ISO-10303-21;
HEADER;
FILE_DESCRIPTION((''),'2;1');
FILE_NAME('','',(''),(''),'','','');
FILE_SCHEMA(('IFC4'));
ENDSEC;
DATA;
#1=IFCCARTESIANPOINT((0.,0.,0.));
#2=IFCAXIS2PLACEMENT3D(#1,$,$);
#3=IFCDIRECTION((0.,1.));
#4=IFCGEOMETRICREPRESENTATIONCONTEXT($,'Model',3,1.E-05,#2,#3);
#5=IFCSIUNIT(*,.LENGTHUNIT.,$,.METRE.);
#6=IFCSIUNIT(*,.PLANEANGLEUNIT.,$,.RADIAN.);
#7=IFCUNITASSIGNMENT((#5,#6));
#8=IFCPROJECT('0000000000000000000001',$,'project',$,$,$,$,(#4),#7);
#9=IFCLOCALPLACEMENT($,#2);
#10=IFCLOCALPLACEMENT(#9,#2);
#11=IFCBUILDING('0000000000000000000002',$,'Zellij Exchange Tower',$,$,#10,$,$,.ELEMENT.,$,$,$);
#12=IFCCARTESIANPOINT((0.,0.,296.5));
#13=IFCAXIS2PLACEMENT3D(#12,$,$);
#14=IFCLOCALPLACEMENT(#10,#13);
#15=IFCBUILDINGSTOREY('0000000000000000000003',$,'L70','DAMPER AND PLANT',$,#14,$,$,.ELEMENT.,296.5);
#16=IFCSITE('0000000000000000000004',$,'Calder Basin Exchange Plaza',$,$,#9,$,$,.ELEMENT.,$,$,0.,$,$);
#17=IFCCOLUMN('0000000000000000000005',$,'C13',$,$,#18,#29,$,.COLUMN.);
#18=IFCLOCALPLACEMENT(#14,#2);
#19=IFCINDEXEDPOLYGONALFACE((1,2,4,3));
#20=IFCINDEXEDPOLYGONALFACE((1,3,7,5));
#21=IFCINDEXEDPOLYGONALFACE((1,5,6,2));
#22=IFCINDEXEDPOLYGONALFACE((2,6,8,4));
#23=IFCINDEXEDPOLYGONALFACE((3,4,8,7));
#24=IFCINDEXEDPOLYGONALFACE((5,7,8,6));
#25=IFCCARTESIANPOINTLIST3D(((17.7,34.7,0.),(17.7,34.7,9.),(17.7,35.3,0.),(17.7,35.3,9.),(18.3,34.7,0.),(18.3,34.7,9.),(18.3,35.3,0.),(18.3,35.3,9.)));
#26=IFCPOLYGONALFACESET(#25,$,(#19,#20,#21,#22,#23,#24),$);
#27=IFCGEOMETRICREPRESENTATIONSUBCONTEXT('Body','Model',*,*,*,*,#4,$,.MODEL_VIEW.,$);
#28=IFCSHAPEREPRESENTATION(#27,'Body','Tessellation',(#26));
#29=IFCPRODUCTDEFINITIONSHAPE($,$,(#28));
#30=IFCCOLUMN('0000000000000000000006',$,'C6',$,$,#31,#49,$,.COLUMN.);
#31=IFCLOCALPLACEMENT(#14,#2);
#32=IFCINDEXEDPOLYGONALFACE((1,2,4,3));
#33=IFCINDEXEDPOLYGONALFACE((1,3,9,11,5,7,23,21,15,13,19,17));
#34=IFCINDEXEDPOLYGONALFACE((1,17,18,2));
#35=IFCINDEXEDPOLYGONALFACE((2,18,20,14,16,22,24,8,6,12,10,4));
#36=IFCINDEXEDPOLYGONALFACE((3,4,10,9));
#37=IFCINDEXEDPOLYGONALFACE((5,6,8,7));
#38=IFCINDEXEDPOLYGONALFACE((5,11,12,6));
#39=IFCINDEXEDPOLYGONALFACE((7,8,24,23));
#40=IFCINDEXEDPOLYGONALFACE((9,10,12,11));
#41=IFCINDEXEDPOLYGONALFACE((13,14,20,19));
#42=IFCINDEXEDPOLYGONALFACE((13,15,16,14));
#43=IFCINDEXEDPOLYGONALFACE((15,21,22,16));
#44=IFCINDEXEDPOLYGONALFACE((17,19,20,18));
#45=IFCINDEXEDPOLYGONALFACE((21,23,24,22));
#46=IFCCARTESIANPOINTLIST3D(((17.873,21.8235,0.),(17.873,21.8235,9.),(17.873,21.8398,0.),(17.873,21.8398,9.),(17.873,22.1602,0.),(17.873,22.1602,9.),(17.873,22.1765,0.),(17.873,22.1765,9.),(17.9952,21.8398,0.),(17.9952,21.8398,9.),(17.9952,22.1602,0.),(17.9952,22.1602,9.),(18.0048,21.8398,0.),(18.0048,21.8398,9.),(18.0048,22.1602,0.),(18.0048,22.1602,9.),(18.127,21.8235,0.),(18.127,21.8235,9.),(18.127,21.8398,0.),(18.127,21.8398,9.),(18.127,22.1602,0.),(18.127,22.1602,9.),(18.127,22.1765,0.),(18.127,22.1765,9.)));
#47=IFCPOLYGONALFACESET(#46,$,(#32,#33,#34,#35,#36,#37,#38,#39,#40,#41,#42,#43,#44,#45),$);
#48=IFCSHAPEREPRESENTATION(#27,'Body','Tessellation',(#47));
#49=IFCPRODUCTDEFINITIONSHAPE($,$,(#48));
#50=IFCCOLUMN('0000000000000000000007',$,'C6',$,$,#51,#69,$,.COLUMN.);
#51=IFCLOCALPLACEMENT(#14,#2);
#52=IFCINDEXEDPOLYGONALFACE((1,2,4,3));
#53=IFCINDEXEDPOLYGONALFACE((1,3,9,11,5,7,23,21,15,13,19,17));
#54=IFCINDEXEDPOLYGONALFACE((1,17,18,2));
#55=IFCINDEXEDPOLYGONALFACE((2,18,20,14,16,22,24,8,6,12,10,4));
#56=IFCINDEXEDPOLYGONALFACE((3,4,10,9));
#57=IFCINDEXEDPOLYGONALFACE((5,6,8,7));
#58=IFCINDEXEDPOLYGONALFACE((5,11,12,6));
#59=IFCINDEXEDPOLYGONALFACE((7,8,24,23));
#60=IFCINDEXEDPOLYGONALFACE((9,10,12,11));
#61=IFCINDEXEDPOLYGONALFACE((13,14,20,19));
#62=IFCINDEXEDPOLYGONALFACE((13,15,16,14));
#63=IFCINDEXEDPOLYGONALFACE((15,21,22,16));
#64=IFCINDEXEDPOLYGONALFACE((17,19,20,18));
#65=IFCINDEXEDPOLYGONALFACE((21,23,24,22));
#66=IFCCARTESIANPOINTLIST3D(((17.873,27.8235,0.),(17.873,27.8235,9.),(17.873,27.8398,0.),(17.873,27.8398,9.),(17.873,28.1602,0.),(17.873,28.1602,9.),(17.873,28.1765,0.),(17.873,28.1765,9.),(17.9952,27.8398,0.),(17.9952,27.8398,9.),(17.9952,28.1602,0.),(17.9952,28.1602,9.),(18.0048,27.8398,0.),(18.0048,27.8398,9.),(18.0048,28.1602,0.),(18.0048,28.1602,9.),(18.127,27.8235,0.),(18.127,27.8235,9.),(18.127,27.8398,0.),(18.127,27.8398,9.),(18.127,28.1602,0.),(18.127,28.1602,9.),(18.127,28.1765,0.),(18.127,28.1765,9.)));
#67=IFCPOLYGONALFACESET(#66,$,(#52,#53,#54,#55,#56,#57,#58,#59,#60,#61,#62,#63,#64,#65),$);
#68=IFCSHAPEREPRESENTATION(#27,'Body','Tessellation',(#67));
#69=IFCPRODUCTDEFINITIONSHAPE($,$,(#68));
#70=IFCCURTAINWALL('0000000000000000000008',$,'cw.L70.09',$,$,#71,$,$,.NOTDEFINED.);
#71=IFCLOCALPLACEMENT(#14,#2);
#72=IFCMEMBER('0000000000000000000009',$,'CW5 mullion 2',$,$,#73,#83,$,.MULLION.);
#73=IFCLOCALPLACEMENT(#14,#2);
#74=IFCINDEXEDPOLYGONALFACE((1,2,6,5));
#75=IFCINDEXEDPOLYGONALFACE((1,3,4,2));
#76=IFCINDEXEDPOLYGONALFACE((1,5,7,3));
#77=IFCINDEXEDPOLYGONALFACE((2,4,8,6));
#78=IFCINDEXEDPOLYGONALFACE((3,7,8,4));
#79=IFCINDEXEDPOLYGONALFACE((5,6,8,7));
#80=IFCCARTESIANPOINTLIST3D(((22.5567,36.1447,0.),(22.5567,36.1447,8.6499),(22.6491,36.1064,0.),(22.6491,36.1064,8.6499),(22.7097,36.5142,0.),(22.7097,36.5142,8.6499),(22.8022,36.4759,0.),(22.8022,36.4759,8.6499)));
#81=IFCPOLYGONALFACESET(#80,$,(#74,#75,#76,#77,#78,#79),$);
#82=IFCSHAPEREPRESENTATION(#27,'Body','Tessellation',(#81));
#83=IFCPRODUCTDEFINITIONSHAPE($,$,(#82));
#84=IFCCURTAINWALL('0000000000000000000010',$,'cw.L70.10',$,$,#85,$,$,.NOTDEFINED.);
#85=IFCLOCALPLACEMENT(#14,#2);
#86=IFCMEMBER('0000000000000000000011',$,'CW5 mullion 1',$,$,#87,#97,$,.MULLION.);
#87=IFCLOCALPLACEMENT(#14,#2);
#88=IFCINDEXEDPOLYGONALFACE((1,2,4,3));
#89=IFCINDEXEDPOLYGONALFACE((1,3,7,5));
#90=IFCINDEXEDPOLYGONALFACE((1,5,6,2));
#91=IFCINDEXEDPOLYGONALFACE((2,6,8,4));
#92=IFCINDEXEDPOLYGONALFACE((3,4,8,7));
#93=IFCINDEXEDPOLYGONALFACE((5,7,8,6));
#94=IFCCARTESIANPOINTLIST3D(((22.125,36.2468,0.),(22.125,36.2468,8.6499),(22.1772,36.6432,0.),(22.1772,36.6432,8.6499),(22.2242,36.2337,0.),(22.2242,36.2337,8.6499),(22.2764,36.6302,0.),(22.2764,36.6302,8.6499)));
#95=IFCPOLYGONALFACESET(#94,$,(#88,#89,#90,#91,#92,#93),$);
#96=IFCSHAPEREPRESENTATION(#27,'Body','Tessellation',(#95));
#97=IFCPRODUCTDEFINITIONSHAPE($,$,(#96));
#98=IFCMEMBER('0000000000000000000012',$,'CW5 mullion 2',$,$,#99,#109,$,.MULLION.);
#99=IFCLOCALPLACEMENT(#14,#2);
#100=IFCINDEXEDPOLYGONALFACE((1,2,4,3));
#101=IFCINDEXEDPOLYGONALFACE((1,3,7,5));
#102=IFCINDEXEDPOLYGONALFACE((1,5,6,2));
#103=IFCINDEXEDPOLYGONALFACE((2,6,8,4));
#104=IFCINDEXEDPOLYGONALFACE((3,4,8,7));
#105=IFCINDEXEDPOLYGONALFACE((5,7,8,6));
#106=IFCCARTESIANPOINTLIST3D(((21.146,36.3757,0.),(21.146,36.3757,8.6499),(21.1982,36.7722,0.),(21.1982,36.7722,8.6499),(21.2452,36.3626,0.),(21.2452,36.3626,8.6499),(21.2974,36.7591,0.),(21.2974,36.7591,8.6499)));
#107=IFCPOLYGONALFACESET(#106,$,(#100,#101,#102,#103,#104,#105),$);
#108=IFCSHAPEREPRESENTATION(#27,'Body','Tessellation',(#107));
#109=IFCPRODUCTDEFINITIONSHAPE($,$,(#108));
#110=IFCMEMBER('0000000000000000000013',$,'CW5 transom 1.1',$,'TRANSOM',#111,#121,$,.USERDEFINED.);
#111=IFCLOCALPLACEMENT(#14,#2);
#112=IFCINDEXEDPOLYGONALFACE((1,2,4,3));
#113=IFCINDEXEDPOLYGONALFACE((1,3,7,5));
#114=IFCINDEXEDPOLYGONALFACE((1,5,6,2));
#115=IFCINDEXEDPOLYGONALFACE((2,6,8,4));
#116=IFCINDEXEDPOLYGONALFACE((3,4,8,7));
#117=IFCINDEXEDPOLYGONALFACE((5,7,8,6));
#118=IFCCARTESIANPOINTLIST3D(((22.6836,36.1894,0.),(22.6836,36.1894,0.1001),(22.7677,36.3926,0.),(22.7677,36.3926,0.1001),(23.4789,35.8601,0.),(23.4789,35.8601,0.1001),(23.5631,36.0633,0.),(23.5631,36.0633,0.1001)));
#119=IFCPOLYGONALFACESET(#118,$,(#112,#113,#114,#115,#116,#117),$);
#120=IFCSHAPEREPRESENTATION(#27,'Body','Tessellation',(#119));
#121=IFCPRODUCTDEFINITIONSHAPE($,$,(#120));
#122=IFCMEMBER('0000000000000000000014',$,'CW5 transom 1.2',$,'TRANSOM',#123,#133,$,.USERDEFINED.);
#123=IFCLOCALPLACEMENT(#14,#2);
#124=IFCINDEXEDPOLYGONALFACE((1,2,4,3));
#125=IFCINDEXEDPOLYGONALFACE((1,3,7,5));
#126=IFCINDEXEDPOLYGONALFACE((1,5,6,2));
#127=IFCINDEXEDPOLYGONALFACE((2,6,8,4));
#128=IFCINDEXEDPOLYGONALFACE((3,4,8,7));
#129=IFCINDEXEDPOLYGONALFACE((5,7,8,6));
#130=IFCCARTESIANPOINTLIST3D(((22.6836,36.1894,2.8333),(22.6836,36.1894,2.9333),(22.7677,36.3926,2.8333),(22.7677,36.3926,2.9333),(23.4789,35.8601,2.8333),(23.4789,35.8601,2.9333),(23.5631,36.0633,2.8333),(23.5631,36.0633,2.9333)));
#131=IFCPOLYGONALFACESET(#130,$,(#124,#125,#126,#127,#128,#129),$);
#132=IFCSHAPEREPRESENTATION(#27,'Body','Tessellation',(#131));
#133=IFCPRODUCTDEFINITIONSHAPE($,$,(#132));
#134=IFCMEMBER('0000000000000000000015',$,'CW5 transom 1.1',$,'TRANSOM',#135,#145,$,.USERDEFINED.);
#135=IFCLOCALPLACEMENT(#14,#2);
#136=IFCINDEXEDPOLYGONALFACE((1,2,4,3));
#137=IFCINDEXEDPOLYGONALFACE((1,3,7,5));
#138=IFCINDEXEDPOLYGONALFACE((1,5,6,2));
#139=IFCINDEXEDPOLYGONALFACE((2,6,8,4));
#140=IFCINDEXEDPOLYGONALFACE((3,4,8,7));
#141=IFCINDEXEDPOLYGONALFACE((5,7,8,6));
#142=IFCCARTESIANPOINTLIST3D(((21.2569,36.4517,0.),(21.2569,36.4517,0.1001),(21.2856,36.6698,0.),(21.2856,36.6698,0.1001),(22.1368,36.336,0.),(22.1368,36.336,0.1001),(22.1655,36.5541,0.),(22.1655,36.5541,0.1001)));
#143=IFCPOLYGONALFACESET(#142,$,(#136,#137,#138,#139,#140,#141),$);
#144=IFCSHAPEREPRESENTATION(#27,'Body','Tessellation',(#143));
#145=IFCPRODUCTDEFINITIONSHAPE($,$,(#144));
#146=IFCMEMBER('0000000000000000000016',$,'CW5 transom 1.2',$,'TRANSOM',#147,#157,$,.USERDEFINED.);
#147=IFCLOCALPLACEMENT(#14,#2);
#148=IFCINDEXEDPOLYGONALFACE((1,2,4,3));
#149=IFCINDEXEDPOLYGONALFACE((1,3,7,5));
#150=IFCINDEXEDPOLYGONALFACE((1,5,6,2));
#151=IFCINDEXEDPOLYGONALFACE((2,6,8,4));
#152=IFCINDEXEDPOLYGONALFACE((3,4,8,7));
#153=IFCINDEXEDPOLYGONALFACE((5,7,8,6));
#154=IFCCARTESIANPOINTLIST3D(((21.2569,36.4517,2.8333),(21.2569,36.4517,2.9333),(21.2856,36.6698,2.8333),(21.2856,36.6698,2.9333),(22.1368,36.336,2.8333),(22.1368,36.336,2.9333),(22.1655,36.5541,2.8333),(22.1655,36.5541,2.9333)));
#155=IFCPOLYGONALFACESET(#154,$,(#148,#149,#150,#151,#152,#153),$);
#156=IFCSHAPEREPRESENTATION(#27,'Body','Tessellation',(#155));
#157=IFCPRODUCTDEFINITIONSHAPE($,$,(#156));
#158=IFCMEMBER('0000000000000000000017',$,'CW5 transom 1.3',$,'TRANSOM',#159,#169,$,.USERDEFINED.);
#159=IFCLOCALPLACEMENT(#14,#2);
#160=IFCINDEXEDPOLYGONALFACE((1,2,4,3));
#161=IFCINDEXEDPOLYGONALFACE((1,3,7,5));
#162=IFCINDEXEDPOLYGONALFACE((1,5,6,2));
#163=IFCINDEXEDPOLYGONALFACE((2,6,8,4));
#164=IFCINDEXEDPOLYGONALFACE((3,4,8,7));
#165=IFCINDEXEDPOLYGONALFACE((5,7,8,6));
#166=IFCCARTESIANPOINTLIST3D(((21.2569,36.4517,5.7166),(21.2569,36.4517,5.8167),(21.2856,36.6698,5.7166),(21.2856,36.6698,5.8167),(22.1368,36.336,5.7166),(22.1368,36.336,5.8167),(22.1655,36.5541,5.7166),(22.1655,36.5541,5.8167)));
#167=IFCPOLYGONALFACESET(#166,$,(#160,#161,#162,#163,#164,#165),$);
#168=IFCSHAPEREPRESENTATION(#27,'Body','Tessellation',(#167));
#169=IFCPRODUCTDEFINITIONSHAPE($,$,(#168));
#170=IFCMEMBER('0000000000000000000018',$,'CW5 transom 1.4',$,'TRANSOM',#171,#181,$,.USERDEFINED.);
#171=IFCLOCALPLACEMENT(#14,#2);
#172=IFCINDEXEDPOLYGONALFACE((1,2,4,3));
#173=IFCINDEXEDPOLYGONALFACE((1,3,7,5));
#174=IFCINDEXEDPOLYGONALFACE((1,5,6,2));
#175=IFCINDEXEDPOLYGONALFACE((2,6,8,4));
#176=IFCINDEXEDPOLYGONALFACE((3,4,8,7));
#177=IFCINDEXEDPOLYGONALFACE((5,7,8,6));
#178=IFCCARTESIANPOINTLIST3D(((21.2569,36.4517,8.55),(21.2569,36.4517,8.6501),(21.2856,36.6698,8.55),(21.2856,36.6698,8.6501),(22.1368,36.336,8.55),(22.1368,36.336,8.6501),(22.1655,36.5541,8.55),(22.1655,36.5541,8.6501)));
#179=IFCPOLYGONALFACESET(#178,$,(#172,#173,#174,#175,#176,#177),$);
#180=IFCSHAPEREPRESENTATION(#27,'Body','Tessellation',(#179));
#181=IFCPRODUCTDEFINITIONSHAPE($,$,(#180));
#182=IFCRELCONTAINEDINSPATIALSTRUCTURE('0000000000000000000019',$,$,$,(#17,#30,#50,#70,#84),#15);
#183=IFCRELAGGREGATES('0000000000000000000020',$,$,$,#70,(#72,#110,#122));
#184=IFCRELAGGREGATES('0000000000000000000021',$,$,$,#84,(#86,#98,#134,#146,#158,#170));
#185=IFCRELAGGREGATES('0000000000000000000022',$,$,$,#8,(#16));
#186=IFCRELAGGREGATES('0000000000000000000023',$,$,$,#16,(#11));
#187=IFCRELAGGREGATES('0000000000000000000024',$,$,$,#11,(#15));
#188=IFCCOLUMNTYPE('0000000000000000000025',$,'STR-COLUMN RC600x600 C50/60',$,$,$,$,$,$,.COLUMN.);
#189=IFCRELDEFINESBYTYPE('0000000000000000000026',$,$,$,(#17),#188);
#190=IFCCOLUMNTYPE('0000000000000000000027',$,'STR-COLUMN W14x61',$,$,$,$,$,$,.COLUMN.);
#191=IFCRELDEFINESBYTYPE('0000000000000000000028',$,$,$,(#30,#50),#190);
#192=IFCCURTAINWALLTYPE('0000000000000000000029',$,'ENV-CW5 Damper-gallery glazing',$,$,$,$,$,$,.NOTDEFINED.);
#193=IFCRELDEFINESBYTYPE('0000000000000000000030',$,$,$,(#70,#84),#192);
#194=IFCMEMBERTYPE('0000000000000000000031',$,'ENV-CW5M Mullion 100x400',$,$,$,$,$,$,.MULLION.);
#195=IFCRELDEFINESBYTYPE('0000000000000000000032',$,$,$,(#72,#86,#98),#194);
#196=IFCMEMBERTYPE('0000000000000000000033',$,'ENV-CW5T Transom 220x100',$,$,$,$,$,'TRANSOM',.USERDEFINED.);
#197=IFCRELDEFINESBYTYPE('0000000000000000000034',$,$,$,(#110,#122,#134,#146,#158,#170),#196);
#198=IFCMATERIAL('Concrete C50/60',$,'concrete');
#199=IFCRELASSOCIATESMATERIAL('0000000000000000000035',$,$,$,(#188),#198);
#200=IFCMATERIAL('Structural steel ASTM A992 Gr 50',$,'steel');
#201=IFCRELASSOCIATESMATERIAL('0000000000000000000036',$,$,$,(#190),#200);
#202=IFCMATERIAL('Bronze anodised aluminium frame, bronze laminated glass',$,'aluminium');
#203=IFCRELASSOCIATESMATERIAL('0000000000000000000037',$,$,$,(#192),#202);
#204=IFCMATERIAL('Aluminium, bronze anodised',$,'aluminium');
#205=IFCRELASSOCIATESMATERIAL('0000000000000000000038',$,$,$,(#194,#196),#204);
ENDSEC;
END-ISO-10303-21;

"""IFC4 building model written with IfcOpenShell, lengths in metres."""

from ifc_helpers import new_model, si_unit, direction, frame, origin, origin_2d, place, context, subcontext, project, spatial, rectangle, i_section, extrude, material, material_profile, profile_set, type_object, element, aggregate, save


model = new_model("IFC4")

# Units and contexts
model_context = context("Model", 3, precision=1e-05, world=origin(), true_north=direction((0.0, 1.0)))
body_context = subcontext(model_context, "Body", "Model", "MODEL_VIEW")
ifc_project = project(units=[si_unit("LENGTHUNIT", "METRE"), si_unit("PLANEANGLEUNIT", "RADIAN")], contexts=[model_context])

# Site, building, storey
site_placement = place(None, origin())
site = spatial("IfcSite", under=ifc_project, at=site_placement, Name="Calder Basin Exchange Plaza", CompositionType="ELEMENT", RefElevation=0.0)
building_placement = place(site_placement, origin())
building = spatial("IfcBuilding", under=site, at=building_placement, Name="Zellij Exchange Tower", CompositionType="ELEMENT")
storey_placement = place(building_placement, frame((0.0, 0.0, 296.5)))
storey = spatial("IfcBuildingStorey", under=building, at=storey_placement, Name="L70", Description="DAMPER AND PLANT", CompositionType="ELEMENT", Elevation=296.5)

# Columns
ifc_material_1 = material(Name="Concrete C50/60", Category="concrete")
ifc_material_profile_1 = material_profile(ifc_material_1, rectangle(XDim=0.6001, YDim=0.6001, at=origin_2d()), Name="STR-COLUMN RC600x600 C50/60")
ifc_profile_set_1 = profile_set([ifc_material_profile_1], Name="Concrete C50/60")
column_type_1 = type_object("IfcColumnType", Name="STR-COLUMN RC600x600 C50/60", PredefinedType="COLUMN", material=ifc_profile_set_1)
column_placement = place(storey_placement, frame((18.0, 35.0, 0.0), z_axis=(0.0, 0.0, 1.0), x_axis=(1.0, 0.0, 0.0)))
element("IfcColumn", 1, at=column_placement, inside=storey, type_object=column_type_1, Name="C13", PredefinedType="COLUMN", context=body_context, shape_type="SweptSolid", body=[
    extrude(rectangle(XDim=0.6001, YDim=0.6001, at=origin_2d()), origin(), (0.0, 0.0, 1.0), 9.0),
])
ifc_material_2 = material(Name="Structural steel ASTM A992 Gr 50", Category="steel")
ifc_material_profile_2 = material_profile(ifc_material_2, i_section(OverallWidth=0.2539, OverallDepth=0.353, WebThickness=0.0095, FlangeThickness=0.0164, at=origin_2d()), Name="W14x61")
ifc_profile_set_2 = profile_set([ifc_material_profile_2], Name="Structural steel ASTM A992 Gr 50")
column_type_2 = type_object("IfcColumnType", Name="STR-COLUMN W14x61", PredefinedType="COLUMN", material=ifc_profile_set_2)
for number, where, z_axis, x_axis, name in (
    (2, (18.0, 22.0, 0.0), (0.0, 0.0, 1.0), (1.0, 0.0, 0.0), "C6"),
    (3, (18.0, 28.0, 0.0), (0.0, 0.0, 1.0), (1.0, 0.0, 0.0), "C6"),
):
    element("IfcColumn", number, at=place(storey_placement, frame(where, z_axis=z_axis, x_axis=x_axis)), inside=storey, type_object=column_type_2, Name=name, PredefinedType="COLUMN", context=body_context, shape_type="SweptSolid", body=[
        extrude(i_section(OverallWidth=0.2539, OverallDepth=0.353, WebThickness=0.0095, FlangeThickness=0.0164, at=origin_2d()), origin(), (0.0, 0.0, 1.0), 9.0),
    ])

# Curtain wall, member
ifc_material_3 = material(Name="Bronze anodised aluminium frame, bronze laminated glass", Category="aluminium")
curtain_wall_type = type_object("IfcCurtainWallType", Name="ENV-CW5 Damper-gallery glazing", PredefinedType="NOTDEFINED", material=ifc_material_3)
curtain_wall_1_placement = place(storey_placement, origin())
curtain_wall_1 = element("IfcCurtainWall", 4, at=curtain_wall_1_placement, inside=storey, type_object=curtain_wall_type, Name="cw.L70.09", PredefinedType="NOTDEFINED")
ifc_material_4 = material(Name="Aluminium, bronze anodised", Category="aluminium")
ifc_material_profile_3 = material_profile(ifc_material_4, rectangle(XDim=0.1001, YDim=0.3999, at=origin_2d()), Name="AL 100x400")
ifc_profile_set_3 = profile_set([ifc_material_profile_3], Name="Aluminium, bronze anodised")
member_type_1 = type_object("IfcMemberType", Name="ENV-CW5M Mullion 100x400", PredefinedType="MULLION", material=ifc_profile_set_3)
member_1_placement = place(storey_placement, frame((22.6794, 36.3103, 0.0), z_axis=(0.0, 0.0, 1.0), x_axis=(-0.92385, 0.382754, 0.0)))
member_1 = element("IfcMember", 5, at=member_1_placement, type_object=member_type_1, Name="CW5 mullion 2", PredefinedType="MULLION", context=body_context, shape_type="SweptSolid", body=[
    extrude(rectangle(XDim=0.1001, YDim=0.3999, at=origin_2d()), origin(), (0.0, 0.0, 1.0), 8.6499),
])

# Curtain wall, members
curtain_wall_2_placement = place(storey_placement, origin())
curtain_wall_2 = element("IfcCurtainWall", 6, at=curtain_wall_2_placement, inside=storey, type_object=curtain_wall_type, Name="cw.L70.10", PredefinedType="NOTDEFINED")
member_2_placement = place(storey_placement, frame((22.2007, 36.4385, 0.0), z_axis=(0.0, 0.0, 1.0), x_axis=(-0.991449, 0.130495, 0.0)))
member_2 = element("IfcMember", 7, at=member_2_placement, type_object=member_type_1, Name="CW5 mullion 1", PredefinedType="MULLION", context=body_context, shape_type="SweptSolid", body=[
    extrude(rectangle(XDim=0.1001, YDim=0.3999, at=origin_2d()), origin(), (0.0, 0.0, 1.0), 8.6499),
])
member_3_placement = place(storey_placement, frame((21.2217, 36.5674, 0.0), z_axis=(0.0, 0.0, 1.0), x_axis=(-0.991449, 0.130495, 0.0)))
member_3 = element("IfcMember", 8, at=member_3_placement, type_object=member_type_1, Name="CW5 mullion 2", PredefinedType="MULLION", context=body_context, shape_type="SweptSolid", body=[
    extrude(rectangle(XDim=0.1001, YDim=0.3999, at=origin_2d()), origin(), (0.0, 0.0, 1.0), 8.6499),
])

# Members
ifc_material_profile_4 = material_profile(ifc_material_4, rectangle(XDim=0.22, YDim=0.1001, at=origin_2d()), Name="AL 220x100")
ifc_profile_set_4 = profile_set([ifc_material_profile_4], Name="Aluminium, bronze anodised")
member_type_2 = type_object("IfcMemberType", Name="ENV-CW5T Transom 220x100", ElementType="TRANSOM", PredefinedType="USERDEFINED", material=ifc_profile_set_4)
member_4_placement = place(storey_placement, frame((23.521, 35.9617, 0.05), z_axis=(-0.92393, 0.382561, 0.0), x_axis=(-0.382561, -0.92393, 0.0)))
member_4 = element("IfcMember", 9, at=member_4_placement, type_object=member_type_2, Name="CW5 transom 1.1", ObjectType="TRANSOM", PredefinedType="USERDEFINED", context=body_context, shape_type="SweptSolid", body=[
    extrude(rectangle(XDim=0.22, YDim=0.1001, at=origin_2d()), origin(), (0.0, 0.0, 1.0), 0.8608),
])
member_5_placement = place(storey_placement, frame((23.521, 35.9617, 2.8833), z_axis=(-0.92393, 0.382561, 0.0), x_axis=(-0.382561, -0.92393, 0.0)))
member_5 = element("IfcMember", 10, at=member_5_placement, type_object=member_type_2, Name="CW5 transom 1.2", ObjectType="TRANSOM", PredefinedType="USERDEFINED", context=body_context, shape_type="SweptSolid", body=[
    extrude(rectangle(XDim=0.22, YDim=0.1001, at=origin_2d()), origin(), (0.0, 0.0, 1.0), 0.8608),
])
member_6_placement = place(storey_placement, frame((22.1511, 36.4451, 0.05), z_axis=(-0.991462, 0.130398, 0.0), x_axis=(-0.130398, -0.991462, 0.0)))
member_6 = element("IfcMember", 11, at=member_6_placement, type_object=member_type_2, Name="CW5 transom 1.1", ObjectType="TRANSOM", PredefinedType="USERDEFINED", context=body_context, shape_type="SweptSolid", body=[
    extrude(rectangle(XDim=0.22, YDim=0.1001, at=origin_2d()), origin(), (0.0, 0.0, 1.0), 0.8875),
])
member_7_placement = place(storey_placement, frame((22.1511, 36.4451, 2.8833), z_axis=(-0.991462, 0.130398, 0.0), x_axis=(-0.130398, -0.991462, 0.0)))
member_7 = element("IfcMember", 12, at=member_7_placement, type_object=member_type_2, Name="CW5 transom 1.2", ObjectType="TRANSOM", PredefinedType="USERDEFINED", context=body_context, shape_type="SweptSolid", body=[
    extrude(rectangle(XDim=0.22, YDim=0.1001, at=origin_2d()), origin(), (0.0, 0.0, 1.0), 0.8875),
])
member_8_placement = place(storey_placement, frame((22.1511, 36.4451, 5.7666), z_axis=(-0.991462, 0.130398, 0.0), x_axis=(-0.130398, -0.991462, 0.0)))
member_8 = element("IfcMember", 13, at=member_8_placement, type_object=member_type_2, Name="CW5 transom 1.3", ObjectType="TRANSOM", PredefinedType="USERDEFINED", context=body_context, shape_type="SweptSolid", body=[
    extrude(rectangle(XDim=0.22, YDim=0.1001, at=origin_2d()), origin(), (0.0, 0.0, 1.0), 0.8875),
])
member_9_placement = place(storey_placement, frame((22.1511, 36.4451, 8.6001), z_axis=(-0.991462, 0.130398, 0.0), x_axis=(-0.130398, -0.991462, 0.0)))
member_9 = element("IfcMember", 14, at=member_9_placement, type_object=member_type_2, Name="CW5 transom 1.4", ObjectType="TRANSOM", PredefinedType="USERDEFINED", context=body_context, shape_type="SweptSolid", body=[
    extrude(rectangle(XDim=0.22, YDim=0.1001, at=origin_2d()), origin(), (0.0, 0.0, 1.0), 0.8875),
])

aggregate(curtain_wall_1, [member_1, member_4, member_5])
aggregate(curtain_wall_2, [member_2, member_3, member_6, member_7, member_8, member_9])

save(model, "model.ifc")
